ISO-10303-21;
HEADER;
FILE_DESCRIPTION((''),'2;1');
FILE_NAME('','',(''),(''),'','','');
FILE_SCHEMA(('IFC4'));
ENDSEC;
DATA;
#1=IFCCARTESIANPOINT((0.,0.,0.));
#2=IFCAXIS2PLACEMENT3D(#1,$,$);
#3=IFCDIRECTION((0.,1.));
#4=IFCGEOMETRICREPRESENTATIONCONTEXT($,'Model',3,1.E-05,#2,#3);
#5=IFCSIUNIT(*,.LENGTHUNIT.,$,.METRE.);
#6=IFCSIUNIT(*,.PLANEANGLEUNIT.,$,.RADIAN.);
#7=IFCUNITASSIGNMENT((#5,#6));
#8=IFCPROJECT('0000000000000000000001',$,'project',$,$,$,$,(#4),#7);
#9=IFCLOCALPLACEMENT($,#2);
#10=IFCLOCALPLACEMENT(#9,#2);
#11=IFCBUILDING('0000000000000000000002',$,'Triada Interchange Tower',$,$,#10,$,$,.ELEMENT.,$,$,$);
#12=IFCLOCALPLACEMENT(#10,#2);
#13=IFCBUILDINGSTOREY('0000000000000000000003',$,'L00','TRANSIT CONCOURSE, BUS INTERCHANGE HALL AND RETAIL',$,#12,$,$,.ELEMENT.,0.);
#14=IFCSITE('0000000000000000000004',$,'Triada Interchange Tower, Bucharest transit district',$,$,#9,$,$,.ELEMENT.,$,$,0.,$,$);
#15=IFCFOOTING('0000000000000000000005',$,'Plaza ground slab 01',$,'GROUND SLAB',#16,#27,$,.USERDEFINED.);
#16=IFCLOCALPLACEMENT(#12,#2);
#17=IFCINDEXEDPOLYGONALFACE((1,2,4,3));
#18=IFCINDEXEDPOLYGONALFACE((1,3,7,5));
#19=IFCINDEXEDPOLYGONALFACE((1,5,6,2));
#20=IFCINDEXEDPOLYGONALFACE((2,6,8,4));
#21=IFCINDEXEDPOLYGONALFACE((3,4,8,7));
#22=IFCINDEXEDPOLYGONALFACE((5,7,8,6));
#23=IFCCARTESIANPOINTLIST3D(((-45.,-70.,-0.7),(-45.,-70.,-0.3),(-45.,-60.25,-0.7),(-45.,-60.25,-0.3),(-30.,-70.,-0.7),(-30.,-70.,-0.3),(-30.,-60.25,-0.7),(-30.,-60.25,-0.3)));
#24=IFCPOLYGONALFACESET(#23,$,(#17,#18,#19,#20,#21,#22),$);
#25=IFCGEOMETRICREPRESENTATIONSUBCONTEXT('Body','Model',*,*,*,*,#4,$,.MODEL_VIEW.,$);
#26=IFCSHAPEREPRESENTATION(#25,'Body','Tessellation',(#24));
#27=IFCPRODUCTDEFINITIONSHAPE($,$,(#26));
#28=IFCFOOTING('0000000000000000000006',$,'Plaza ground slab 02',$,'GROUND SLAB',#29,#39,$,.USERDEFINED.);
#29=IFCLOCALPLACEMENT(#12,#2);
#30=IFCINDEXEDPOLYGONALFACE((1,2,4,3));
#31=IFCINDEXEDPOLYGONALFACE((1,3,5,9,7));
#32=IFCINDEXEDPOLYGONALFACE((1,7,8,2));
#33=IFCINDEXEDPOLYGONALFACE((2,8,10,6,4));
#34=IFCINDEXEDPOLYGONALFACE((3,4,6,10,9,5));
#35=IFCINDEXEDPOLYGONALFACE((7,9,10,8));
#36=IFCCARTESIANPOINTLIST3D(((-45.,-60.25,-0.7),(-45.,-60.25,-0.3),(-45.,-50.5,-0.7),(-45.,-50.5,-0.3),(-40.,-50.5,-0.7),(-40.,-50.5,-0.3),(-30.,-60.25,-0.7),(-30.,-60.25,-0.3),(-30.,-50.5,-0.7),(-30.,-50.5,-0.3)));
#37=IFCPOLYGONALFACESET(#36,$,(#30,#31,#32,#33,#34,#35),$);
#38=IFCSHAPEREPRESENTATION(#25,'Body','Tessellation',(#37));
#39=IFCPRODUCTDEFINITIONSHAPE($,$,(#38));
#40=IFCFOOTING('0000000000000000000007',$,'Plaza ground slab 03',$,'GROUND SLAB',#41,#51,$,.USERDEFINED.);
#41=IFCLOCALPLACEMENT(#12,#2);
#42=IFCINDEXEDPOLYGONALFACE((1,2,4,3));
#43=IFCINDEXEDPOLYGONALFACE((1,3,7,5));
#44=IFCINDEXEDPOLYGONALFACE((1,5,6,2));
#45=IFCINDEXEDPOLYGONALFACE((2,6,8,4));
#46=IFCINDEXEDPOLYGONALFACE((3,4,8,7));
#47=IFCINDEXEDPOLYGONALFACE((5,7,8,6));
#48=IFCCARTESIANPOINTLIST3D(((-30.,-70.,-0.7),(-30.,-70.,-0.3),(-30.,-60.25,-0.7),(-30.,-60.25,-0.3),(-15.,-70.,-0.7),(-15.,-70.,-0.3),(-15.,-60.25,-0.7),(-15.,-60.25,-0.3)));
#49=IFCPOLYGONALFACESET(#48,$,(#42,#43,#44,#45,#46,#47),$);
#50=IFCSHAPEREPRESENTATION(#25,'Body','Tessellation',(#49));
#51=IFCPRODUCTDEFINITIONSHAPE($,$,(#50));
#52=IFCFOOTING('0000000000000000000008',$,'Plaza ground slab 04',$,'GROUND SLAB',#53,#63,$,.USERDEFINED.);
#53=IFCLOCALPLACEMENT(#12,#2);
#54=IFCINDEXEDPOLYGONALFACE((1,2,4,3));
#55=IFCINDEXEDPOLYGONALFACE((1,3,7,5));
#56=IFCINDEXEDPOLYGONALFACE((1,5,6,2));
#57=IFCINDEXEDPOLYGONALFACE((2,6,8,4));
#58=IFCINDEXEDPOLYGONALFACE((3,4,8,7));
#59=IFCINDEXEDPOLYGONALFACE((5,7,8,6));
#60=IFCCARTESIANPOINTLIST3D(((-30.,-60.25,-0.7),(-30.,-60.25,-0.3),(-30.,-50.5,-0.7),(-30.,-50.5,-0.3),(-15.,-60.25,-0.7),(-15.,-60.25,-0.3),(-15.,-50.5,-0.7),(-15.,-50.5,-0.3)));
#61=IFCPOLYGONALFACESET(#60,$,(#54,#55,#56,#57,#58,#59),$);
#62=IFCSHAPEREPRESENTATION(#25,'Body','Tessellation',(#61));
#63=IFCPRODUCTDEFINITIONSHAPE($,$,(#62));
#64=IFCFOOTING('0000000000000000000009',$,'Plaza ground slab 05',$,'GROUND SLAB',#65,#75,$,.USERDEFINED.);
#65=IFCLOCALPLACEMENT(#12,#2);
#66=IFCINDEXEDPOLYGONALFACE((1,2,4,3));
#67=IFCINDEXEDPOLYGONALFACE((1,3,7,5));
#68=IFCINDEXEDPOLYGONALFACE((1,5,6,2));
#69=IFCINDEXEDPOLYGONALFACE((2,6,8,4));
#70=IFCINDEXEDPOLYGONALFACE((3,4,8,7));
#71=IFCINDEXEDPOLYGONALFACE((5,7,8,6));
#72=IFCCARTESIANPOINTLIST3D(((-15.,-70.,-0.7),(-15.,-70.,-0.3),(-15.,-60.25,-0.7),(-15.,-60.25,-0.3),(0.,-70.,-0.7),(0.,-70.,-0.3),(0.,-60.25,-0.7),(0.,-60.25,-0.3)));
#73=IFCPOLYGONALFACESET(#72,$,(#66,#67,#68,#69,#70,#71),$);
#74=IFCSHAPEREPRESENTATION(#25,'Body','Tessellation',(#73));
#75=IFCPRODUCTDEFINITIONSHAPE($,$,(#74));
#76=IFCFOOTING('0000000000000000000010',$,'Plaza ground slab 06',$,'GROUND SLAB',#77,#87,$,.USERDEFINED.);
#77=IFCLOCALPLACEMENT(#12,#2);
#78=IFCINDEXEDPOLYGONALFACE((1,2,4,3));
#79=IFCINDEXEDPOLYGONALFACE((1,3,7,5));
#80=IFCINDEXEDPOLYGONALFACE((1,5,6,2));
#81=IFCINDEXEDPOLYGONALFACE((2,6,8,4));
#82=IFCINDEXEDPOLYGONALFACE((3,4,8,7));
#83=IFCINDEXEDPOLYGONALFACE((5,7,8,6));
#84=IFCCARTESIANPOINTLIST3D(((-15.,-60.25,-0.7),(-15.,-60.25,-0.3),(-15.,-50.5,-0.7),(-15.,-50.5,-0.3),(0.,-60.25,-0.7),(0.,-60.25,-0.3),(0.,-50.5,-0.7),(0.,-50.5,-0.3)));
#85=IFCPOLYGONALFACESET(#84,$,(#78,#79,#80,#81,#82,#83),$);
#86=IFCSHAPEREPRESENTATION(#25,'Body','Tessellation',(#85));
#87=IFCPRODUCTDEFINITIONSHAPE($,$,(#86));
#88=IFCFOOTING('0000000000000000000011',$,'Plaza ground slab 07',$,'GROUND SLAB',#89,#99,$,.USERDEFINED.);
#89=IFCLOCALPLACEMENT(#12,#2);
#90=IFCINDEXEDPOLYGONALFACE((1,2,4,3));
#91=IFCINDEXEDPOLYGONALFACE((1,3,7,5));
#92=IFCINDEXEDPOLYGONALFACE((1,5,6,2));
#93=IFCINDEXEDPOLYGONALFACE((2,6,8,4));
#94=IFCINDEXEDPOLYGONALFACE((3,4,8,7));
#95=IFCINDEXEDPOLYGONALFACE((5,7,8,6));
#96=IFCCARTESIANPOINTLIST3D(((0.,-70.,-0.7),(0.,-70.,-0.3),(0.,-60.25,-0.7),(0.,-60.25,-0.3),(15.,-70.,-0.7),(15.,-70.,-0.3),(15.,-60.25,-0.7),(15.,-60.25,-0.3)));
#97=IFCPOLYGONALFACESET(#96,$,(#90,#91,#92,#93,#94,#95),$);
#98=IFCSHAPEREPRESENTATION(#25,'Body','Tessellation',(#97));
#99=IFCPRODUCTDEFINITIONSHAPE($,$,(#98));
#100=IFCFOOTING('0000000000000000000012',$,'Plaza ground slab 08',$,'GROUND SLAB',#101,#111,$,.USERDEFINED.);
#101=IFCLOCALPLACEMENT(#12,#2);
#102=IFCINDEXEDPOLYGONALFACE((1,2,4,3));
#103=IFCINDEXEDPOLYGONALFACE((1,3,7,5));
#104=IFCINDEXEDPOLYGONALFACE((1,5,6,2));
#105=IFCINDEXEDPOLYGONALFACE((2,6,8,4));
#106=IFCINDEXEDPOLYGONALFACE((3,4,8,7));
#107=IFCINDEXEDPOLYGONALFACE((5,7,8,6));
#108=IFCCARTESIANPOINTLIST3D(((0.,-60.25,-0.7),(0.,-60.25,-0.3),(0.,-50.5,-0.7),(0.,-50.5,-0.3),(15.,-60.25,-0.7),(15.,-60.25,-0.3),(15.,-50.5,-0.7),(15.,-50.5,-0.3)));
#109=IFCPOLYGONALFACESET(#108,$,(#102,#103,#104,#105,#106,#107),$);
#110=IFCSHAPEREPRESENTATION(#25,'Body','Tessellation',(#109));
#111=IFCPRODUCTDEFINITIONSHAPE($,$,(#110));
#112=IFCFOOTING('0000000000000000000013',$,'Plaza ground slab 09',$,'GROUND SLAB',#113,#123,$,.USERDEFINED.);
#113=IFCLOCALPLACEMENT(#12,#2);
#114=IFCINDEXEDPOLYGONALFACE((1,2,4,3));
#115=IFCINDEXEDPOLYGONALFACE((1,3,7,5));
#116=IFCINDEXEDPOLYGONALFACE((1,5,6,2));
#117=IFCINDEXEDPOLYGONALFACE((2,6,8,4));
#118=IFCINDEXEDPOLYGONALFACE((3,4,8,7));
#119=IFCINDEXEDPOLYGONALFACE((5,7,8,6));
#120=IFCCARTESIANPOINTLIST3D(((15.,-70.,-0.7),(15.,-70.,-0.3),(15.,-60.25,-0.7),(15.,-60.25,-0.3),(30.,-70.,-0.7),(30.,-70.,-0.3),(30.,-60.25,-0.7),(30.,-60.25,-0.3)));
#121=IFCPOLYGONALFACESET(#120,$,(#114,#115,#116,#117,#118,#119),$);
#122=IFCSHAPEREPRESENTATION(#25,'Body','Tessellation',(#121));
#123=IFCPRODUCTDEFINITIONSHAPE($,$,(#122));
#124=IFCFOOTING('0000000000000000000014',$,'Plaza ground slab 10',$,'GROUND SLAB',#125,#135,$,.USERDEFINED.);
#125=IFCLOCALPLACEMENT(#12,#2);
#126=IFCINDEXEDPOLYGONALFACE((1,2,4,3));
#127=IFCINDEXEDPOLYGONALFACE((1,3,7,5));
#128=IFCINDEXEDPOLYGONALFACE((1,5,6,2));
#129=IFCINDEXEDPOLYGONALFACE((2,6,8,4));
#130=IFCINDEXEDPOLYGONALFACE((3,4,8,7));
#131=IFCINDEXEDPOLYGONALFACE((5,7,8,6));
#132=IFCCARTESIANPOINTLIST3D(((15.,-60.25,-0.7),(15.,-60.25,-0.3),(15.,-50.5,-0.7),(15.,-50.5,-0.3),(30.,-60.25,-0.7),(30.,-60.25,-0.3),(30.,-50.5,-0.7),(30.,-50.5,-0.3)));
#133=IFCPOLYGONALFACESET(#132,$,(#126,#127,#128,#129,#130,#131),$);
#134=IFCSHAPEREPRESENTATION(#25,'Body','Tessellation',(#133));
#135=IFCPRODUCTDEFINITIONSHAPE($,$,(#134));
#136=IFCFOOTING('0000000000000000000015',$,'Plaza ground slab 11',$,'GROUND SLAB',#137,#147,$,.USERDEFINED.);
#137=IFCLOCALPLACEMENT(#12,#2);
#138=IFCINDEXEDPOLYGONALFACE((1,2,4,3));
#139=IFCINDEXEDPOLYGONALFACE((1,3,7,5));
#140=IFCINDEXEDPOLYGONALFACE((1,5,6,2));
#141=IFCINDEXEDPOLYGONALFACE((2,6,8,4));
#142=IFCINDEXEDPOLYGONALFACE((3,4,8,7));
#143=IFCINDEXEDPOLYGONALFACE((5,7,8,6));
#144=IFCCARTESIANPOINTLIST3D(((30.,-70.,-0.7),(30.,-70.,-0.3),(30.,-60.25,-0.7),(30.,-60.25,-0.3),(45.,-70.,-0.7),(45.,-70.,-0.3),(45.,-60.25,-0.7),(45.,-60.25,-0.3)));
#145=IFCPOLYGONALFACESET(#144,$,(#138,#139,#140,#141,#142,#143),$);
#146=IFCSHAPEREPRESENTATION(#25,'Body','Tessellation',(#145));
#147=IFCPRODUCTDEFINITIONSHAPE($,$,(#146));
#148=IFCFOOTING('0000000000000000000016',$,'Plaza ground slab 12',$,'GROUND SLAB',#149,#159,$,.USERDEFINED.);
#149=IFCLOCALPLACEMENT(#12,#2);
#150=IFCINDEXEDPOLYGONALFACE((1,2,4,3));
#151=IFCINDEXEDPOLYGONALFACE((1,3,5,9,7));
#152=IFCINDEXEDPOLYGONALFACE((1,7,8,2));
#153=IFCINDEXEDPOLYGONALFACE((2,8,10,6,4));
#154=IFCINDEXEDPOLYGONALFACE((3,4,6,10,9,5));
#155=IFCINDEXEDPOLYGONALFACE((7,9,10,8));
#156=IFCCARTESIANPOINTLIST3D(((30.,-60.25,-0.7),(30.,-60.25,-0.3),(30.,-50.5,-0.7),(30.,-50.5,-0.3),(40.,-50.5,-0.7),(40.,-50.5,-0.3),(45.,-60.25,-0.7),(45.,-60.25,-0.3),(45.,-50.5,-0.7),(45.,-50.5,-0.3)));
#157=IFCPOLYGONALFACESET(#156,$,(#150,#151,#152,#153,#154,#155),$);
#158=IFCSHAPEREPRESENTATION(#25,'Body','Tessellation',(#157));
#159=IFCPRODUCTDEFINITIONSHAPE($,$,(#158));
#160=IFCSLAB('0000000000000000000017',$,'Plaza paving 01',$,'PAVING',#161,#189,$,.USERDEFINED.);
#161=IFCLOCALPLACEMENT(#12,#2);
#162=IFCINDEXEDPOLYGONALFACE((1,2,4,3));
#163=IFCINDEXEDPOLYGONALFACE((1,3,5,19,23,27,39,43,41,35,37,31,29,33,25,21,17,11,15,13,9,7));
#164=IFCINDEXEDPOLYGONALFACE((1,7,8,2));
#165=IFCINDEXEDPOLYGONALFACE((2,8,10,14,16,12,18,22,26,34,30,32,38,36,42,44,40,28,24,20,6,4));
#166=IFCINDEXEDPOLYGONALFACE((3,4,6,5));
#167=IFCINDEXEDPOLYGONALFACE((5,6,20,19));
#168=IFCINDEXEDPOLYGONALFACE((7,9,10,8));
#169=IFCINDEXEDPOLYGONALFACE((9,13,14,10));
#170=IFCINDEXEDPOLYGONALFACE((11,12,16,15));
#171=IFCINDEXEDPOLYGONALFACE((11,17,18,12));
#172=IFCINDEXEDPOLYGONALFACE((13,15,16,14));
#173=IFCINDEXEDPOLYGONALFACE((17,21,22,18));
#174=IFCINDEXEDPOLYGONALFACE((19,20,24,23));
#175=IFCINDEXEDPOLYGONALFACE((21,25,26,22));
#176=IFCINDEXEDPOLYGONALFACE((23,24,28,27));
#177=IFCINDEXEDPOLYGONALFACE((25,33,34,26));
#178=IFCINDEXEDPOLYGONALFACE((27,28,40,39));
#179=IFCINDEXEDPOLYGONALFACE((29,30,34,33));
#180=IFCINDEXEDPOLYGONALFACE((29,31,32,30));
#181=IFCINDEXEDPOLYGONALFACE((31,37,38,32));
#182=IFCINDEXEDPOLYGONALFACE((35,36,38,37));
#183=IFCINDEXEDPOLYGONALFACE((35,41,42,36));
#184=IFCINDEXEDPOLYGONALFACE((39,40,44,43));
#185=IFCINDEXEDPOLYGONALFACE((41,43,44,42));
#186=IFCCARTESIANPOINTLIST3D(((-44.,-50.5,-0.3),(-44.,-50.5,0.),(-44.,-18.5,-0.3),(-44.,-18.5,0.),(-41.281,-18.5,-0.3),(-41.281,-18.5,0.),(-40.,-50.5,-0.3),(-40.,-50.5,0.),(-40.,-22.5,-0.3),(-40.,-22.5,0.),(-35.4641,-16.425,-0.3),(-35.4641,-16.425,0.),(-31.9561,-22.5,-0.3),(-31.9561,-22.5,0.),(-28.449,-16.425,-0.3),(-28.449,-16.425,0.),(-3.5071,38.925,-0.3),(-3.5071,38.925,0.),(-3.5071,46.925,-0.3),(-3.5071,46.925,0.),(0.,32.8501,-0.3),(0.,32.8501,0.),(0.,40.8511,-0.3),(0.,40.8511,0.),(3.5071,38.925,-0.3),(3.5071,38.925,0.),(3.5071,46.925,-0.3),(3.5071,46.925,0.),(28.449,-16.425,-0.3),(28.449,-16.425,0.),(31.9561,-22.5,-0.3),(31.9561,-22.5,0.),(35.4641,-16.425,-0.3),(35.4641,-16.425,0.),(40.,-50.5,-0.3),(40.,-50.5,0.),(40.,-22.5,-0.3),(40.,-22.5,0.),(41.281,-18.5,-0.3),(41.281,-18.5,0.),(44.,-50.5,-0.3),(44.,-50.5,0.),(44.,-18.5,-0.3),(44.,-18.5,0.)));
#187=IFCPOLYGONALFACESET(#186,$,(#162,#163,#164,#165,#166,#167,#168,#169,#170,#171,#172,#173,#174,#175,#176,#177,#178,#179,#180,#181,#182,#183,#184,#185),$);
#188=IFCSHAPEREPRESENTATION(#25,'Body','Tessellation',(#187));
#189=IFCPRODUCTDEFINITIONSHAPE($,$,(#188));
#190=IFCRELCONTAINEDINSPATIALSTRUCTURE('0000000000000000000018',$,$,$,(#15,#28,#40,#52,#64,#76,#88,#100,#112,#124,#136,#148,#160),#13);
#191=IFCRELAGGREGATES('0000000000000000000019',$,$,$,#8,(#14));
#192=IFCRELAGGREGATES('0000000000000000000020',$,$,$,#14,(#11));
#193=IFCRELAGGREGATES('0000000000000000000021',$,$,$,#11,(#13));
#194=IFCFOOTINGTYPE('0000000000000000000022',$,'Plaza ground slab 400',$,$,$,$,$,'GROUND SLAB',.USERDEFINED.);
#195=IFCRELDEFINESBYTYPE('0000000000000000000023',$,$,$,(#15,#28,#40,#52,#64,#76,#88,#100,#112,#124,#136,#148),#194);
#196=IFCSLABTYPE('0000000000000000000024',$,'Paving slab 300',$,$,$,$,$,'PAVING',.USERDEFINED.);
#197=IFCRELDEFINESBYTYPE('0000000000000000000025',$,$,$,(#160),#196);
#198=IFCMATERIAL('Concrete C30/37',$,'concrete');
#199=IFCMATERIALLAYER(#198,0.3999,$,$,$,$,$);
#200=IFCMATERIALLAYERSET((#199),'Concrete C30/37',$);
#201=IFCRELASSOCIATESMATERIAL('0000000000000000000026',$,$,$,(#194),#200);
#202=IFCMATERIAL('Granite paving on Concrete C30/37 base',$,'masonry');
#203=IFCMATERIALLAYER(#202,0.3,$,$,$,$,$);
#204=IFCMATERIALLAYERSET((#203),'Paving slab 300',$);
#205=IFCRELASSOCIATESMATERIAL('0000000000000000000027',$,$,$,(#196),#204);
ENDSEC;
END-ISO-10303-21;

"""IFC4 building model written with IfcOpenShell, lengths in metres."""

from ifc_helpers import new_model, si_unit, direction, frame, origin, place, context, subcontext, project, spatial, polyline, outline, extrude, material, layer, layer_set, type_object, element, save


model = new_model("IFC4")

# Units and contexts
model_context = context("Model", 3, precision=1e-05, world=origin(), true_north=direction((0.0, 1.0)))
body_context = subcontext(model_context, "Body", "Model", "MODEL_VIEW")
ifc_project = project(units=[si_unit("LENGTHUNIT", "METRE"), si_unit("PLANEANGLEUNIT", "RADIAN")], contexts=[model_context])

# Site, building, storey
site_placement = place(None, origin())
site = spatial("IfcSite", under=ifc_project, at=site_placement, Name="Triada Interchange Tower, Bucharest transit district", CompositionType="ELEMENT", RefElevation=0.0)
building_placement = place(site_placement, origin())
building = spatial("IfcBuilding", under=site, at=building_placement, Name="Triada Interchange Tower", CompositionType="ELEMENT")
storey_placement = place(building_placement, origin())
storey = spatial("IfcBuildingStorey", under=building, at=storey_placement, Name="L00", Description="TRANSIT CONCOURSE, BUS INTERCHANGE HALL AND RETAIL", CompositionType="ELEMENT", Elevation=0.0)

# Footings
ifc_material_1 = material(Name="Concrete C30/37", Category="concrete")
ifc_layer_1 = layer(ifc_material_1, 0.3999)
ifc_layer_set_1 = layer_set([ifc_layer_1], Name="Concrete C30/37")
footing_type = type_object("IfcFootingType", Name="Plaza ground slab 400", ElementType="GROUND SLAB", PredefinedType="USERDEFINED", material=ifc_layer_set_1)
footing_1_placement = place(storey_placement, frame((0.0, 0.0, -0.7)))
element("IfcFooting", 1, at=footing_1_placement, inside=storey, type_object=footing_type, Name="Plaza ground slab 01", ObjectType="GROUND SLAB", PredefinedType="USERDEFINED", context=body_context, shape_type="SweptSolid", body=[
    extrude(outline(polyline([(-30.0, -70.0), (-30.0, -60.25), (-45.0, -60.25), (-45.0, -70.0), (-30.0, -70.0)])), origin(), (0.0, 0.0, 1.0), 0.3999),
])
footing_2_placement = place(storey_placement, frame((0.0, 0.0, -0.7)))
element("IfcFooting", 2, at=footing_2_placement, inside=storey, type_object=footing_type, Name="Plaza ground slab 02", ObjectType="GROUND SLAB", PredefinedType="USERDEFINED", context=body_context, shape_type="SweptSolid", body=[
    extrude(outline(polyline([(-45.0, -60.25), (-30.0, -60.25), (-30.0, -50.5), (-40.0, -50.5), (-45.0, -50.5), (-45.0, -60.25)])), origin(), (0.0, 0.0, 1.0), 0.3999),
])
footing_3_placement = place(storey_placement, frame((0.0, 0.0, -0.7)))
element("IfcFooting", 3, at=footing_3_placement, inside=storey, type_object=footing_type, Name="Plaza ground slab 03", ObjectType="GROUND SLAB", PredefinedType="USERDEFINED", context=body_context, shape_type="SweptSolid", body=[
    extrude(outline(polyline([(-15.0, -70.0), (-15.0, -60.25), (-30.0, -60.25), (-30.0, -70.0), (-15.0, -70.0)])), origin(), (0.0, 0.0, 1.0), 0.3999),
])
footing_4_placement = place(storey_placement, frame((0.0, 0.0, -0.7)))
element("IfcFooting", 4, at=footing_4_placement, inside=storey, type_object=footing_type, Name="Plaza ground slab 04", ObjectType="GROUND SLAB", PredefinedType="USERDEFINED", context=body_context, shape_type="SweptSolid", body=[
    extrude(outline(polyline([(-30.0, -50.5), (-30.0, -60.25), (-15.0, -60.25), (-15.0, -50.5), (-30.0, -50.5)])), origin(), (0.0, 0.0, 1.0), 0.3999),
])
footing_5_placement = place(storey_placement, frame((0.0, 0.0, -0.7)))
element("IfcFooting", 5, at=footing_5_placement, inside=storey, type_object=footing_type, Name="Plaza ground slab 05", ObjectType="GROUND SLAB", PredefinedType="USERDEFINED", context=body_context, shape_type="SweptSolid", body=[
    extrude(outline(polyline([(0.0, -70.0), (0.0, -60.25), (-15.0, -60.25), (-15.0, -70.0), (0.0, -70.0)])), origin(), (0.0, 0.0, 1.0), 0.3999),
])
footing_6_placement = place(storey_placement, frame((0.0, 0.0, -0.7)))
element("IfcFooting", 6, at=footing_6_placement, inside=storey, type_object=footing_type, Name="Plaza ground slab 06", ObjectType="GROUND SLAB", PredefinedType="USERDEFINED", context=body_context, shape_type="SweptSolid", body=[
    extrude(outline(polyline([(-15.0, -50.5), (-15.0, -60.25), (0.0, -60.25), (0.0, -50.5), (-15.0, -50.5)])), origin(), (0.0, 0.0, 1.0), 0.3999),
])
footing_7_placement = place(storey_placement, frame((0.0, 0.0, -0.7)))
element("IfcFooting", 7, at=footing_7_placement, inside=storey, type_object=footing_type, Name="Plaza ground slab 07", ObjectType="GROUND SLAB", PredefinedType="USERDEFINED", context=body_context, shape_type="SweptSolid", body=[
    extrude(outline(polyline([(15.0, -70.0), (15.0, -60.25), (0.0, -60.25), (0.0, -70.0), (15.0, -70.0)])), origin(), (0.0, 0.0, 1.0), 0.3999),
])
footing_8_placement = place(storey_placement, frame((0.0, 0.0, -0.7)))
element("IfcFooting", 8, at=footing_8_placement, inside=storey, type_object=footing_type, Name="Plaza ground slab 08", ObjectType="GROUND SLAB", PredefinedType="USERDEFINED", context=body_context, shape_type="SweptSolid", body=[
    extrude(outline(polyline([(0.0, -50.5), (0.0, -60.25), (15.0, -60.25), (15.0, -50.5), (0.0, -50.5)])), origin(), (0.0, 0.0, 1.0), 0.3999),
])
footing_9_placement = place(storey_placement, frame((0.0, 0.0, -0.7)))
element("IfcFooting", 9, at=footing_9_placement, inside=storey, type_object=footing_type, Name="Plaza ground slab 09", ObjectType="GROUND SLAB", PredefinedType="USERDEFINED", context=body_context, shape_type="SweptSolid", body=[
    extrude(outline(polyline([(30.0, -70.0), (30.0, -60.25), (15.0, -60.25), (15.0, -70.0), (30.0, -70.0)])), origin(), (0.0, 0.0, 1.0), 0.3999),
])
footing_10_placement = place(storey_placement, frame((0.0, 0.0, -0.7)))
element("IfcFooting", 10, at=footing_10_placement, inside=storey, type_object=footing_type, Name="Plaza ground slab 10", ObjectType="GROUND SLAB", PredefinedType="USERDEFINED", context=body_context, shape_type="SweptSolid", body=[
    extrude(outline(polyline([(15.0, -50.5), (15.0, -60.25), (30.0, -60.25), (30.0, -50.5), (15.0, -50.5)])), origin(), (0.0, 0.0, 1.0), 0.3999),
])
footing_11_placement = place(storey_placement, frame((0.0, 0.0, -0.7)))
element("IfcFooting", 11, at=footing_11_placement, inside=storey, type_object=footing_type, Name="Plaza ground slab 11", ObjectType="GROUND SLAB", PredefinedType="USERDEFINED", context=body_context, shape_type="SweptSolid", body=[
    extrude(outline(polyline([(45.0, -60.25), (30.0, -60.25), (30.0, -70.0), (45.0, -70.0), (45.0, -60.25)])), origin(), (0.0, 0.0, 1.0), 0.3999),
])
footing_12_placement = place(storey_placement, frame((0.0, 0.0, -0.7)))
element("IfcFooting", 12, at=footing_12_placement, inside=storey, type_object=footing_type, Name="Plaza ground slab 12", ObjectType="GROUND SLAB", PredefinedType="USERDEFINED", context=body_context, shape_type="SweptSolid", body=[
    extrude(outline(polyline([(45.0, -50.5), (40.0, -50.5), (30.0, -50.5), (30.0, -60.25), (45.0, -60.25), (45.0, -50.5)])), origin(), (0.0, 0.0, 1.0), 0.3999),
])

# Slab
ifc_material_2 = material(Name="Granite paving on Concrete C30/37 base", Category="masonry")
ifc_layer_2 = layer(ifc_material_2, 0.3)
ifc_layer_set_2 = layer_set([ifc_layer_2], Name="Paving slab 300")
slab_type_1 = type_object("IfcSlabType", Name="Paving slab 300", ElementType="PAVING", PredefinedType="USERDEFINED", material=ifc_layer_set_2)
slab_1_placement = place(storey_placement, frame((0.0, 0.0, -0.3)))
element("IfcSlab", 13, at=slab_1_placement, inside=storey, type_object=slab_type_1, Name="Plaza paving 01", ObjectType="PAVING", PredefinedType="USERDEFINED", context=body_context, shape_type="SweptSolid", body=[
    extrude(outline(polyline([(-44.0, -18.5), (-44.0, -50.5), (-40.0, -50.5), (-40.0, -22.5), (-31.9561, -22.5), (-28.449, -16.425), (-35.4641, -16.425), (-3.5071, 38.925), (0.0, 32.8501), (3.5071, 38.925), (35.4641, -16.425), (28.449, -16.425), (31.9561, -22.5), (40.0, -22.5), (40.0, -50.5), (44.0, -50.5), (44.0, -18.5), (41.281, -18.5), (3.5071, 46.925), (0.0, 40.8511), (-3.5071, 46.925), (-41.281, -18.5), (-44.0, -18.5)])), origin(), (0.0, 0.0, 1.0), 0.3),
])

save(model, "model.ifc")
